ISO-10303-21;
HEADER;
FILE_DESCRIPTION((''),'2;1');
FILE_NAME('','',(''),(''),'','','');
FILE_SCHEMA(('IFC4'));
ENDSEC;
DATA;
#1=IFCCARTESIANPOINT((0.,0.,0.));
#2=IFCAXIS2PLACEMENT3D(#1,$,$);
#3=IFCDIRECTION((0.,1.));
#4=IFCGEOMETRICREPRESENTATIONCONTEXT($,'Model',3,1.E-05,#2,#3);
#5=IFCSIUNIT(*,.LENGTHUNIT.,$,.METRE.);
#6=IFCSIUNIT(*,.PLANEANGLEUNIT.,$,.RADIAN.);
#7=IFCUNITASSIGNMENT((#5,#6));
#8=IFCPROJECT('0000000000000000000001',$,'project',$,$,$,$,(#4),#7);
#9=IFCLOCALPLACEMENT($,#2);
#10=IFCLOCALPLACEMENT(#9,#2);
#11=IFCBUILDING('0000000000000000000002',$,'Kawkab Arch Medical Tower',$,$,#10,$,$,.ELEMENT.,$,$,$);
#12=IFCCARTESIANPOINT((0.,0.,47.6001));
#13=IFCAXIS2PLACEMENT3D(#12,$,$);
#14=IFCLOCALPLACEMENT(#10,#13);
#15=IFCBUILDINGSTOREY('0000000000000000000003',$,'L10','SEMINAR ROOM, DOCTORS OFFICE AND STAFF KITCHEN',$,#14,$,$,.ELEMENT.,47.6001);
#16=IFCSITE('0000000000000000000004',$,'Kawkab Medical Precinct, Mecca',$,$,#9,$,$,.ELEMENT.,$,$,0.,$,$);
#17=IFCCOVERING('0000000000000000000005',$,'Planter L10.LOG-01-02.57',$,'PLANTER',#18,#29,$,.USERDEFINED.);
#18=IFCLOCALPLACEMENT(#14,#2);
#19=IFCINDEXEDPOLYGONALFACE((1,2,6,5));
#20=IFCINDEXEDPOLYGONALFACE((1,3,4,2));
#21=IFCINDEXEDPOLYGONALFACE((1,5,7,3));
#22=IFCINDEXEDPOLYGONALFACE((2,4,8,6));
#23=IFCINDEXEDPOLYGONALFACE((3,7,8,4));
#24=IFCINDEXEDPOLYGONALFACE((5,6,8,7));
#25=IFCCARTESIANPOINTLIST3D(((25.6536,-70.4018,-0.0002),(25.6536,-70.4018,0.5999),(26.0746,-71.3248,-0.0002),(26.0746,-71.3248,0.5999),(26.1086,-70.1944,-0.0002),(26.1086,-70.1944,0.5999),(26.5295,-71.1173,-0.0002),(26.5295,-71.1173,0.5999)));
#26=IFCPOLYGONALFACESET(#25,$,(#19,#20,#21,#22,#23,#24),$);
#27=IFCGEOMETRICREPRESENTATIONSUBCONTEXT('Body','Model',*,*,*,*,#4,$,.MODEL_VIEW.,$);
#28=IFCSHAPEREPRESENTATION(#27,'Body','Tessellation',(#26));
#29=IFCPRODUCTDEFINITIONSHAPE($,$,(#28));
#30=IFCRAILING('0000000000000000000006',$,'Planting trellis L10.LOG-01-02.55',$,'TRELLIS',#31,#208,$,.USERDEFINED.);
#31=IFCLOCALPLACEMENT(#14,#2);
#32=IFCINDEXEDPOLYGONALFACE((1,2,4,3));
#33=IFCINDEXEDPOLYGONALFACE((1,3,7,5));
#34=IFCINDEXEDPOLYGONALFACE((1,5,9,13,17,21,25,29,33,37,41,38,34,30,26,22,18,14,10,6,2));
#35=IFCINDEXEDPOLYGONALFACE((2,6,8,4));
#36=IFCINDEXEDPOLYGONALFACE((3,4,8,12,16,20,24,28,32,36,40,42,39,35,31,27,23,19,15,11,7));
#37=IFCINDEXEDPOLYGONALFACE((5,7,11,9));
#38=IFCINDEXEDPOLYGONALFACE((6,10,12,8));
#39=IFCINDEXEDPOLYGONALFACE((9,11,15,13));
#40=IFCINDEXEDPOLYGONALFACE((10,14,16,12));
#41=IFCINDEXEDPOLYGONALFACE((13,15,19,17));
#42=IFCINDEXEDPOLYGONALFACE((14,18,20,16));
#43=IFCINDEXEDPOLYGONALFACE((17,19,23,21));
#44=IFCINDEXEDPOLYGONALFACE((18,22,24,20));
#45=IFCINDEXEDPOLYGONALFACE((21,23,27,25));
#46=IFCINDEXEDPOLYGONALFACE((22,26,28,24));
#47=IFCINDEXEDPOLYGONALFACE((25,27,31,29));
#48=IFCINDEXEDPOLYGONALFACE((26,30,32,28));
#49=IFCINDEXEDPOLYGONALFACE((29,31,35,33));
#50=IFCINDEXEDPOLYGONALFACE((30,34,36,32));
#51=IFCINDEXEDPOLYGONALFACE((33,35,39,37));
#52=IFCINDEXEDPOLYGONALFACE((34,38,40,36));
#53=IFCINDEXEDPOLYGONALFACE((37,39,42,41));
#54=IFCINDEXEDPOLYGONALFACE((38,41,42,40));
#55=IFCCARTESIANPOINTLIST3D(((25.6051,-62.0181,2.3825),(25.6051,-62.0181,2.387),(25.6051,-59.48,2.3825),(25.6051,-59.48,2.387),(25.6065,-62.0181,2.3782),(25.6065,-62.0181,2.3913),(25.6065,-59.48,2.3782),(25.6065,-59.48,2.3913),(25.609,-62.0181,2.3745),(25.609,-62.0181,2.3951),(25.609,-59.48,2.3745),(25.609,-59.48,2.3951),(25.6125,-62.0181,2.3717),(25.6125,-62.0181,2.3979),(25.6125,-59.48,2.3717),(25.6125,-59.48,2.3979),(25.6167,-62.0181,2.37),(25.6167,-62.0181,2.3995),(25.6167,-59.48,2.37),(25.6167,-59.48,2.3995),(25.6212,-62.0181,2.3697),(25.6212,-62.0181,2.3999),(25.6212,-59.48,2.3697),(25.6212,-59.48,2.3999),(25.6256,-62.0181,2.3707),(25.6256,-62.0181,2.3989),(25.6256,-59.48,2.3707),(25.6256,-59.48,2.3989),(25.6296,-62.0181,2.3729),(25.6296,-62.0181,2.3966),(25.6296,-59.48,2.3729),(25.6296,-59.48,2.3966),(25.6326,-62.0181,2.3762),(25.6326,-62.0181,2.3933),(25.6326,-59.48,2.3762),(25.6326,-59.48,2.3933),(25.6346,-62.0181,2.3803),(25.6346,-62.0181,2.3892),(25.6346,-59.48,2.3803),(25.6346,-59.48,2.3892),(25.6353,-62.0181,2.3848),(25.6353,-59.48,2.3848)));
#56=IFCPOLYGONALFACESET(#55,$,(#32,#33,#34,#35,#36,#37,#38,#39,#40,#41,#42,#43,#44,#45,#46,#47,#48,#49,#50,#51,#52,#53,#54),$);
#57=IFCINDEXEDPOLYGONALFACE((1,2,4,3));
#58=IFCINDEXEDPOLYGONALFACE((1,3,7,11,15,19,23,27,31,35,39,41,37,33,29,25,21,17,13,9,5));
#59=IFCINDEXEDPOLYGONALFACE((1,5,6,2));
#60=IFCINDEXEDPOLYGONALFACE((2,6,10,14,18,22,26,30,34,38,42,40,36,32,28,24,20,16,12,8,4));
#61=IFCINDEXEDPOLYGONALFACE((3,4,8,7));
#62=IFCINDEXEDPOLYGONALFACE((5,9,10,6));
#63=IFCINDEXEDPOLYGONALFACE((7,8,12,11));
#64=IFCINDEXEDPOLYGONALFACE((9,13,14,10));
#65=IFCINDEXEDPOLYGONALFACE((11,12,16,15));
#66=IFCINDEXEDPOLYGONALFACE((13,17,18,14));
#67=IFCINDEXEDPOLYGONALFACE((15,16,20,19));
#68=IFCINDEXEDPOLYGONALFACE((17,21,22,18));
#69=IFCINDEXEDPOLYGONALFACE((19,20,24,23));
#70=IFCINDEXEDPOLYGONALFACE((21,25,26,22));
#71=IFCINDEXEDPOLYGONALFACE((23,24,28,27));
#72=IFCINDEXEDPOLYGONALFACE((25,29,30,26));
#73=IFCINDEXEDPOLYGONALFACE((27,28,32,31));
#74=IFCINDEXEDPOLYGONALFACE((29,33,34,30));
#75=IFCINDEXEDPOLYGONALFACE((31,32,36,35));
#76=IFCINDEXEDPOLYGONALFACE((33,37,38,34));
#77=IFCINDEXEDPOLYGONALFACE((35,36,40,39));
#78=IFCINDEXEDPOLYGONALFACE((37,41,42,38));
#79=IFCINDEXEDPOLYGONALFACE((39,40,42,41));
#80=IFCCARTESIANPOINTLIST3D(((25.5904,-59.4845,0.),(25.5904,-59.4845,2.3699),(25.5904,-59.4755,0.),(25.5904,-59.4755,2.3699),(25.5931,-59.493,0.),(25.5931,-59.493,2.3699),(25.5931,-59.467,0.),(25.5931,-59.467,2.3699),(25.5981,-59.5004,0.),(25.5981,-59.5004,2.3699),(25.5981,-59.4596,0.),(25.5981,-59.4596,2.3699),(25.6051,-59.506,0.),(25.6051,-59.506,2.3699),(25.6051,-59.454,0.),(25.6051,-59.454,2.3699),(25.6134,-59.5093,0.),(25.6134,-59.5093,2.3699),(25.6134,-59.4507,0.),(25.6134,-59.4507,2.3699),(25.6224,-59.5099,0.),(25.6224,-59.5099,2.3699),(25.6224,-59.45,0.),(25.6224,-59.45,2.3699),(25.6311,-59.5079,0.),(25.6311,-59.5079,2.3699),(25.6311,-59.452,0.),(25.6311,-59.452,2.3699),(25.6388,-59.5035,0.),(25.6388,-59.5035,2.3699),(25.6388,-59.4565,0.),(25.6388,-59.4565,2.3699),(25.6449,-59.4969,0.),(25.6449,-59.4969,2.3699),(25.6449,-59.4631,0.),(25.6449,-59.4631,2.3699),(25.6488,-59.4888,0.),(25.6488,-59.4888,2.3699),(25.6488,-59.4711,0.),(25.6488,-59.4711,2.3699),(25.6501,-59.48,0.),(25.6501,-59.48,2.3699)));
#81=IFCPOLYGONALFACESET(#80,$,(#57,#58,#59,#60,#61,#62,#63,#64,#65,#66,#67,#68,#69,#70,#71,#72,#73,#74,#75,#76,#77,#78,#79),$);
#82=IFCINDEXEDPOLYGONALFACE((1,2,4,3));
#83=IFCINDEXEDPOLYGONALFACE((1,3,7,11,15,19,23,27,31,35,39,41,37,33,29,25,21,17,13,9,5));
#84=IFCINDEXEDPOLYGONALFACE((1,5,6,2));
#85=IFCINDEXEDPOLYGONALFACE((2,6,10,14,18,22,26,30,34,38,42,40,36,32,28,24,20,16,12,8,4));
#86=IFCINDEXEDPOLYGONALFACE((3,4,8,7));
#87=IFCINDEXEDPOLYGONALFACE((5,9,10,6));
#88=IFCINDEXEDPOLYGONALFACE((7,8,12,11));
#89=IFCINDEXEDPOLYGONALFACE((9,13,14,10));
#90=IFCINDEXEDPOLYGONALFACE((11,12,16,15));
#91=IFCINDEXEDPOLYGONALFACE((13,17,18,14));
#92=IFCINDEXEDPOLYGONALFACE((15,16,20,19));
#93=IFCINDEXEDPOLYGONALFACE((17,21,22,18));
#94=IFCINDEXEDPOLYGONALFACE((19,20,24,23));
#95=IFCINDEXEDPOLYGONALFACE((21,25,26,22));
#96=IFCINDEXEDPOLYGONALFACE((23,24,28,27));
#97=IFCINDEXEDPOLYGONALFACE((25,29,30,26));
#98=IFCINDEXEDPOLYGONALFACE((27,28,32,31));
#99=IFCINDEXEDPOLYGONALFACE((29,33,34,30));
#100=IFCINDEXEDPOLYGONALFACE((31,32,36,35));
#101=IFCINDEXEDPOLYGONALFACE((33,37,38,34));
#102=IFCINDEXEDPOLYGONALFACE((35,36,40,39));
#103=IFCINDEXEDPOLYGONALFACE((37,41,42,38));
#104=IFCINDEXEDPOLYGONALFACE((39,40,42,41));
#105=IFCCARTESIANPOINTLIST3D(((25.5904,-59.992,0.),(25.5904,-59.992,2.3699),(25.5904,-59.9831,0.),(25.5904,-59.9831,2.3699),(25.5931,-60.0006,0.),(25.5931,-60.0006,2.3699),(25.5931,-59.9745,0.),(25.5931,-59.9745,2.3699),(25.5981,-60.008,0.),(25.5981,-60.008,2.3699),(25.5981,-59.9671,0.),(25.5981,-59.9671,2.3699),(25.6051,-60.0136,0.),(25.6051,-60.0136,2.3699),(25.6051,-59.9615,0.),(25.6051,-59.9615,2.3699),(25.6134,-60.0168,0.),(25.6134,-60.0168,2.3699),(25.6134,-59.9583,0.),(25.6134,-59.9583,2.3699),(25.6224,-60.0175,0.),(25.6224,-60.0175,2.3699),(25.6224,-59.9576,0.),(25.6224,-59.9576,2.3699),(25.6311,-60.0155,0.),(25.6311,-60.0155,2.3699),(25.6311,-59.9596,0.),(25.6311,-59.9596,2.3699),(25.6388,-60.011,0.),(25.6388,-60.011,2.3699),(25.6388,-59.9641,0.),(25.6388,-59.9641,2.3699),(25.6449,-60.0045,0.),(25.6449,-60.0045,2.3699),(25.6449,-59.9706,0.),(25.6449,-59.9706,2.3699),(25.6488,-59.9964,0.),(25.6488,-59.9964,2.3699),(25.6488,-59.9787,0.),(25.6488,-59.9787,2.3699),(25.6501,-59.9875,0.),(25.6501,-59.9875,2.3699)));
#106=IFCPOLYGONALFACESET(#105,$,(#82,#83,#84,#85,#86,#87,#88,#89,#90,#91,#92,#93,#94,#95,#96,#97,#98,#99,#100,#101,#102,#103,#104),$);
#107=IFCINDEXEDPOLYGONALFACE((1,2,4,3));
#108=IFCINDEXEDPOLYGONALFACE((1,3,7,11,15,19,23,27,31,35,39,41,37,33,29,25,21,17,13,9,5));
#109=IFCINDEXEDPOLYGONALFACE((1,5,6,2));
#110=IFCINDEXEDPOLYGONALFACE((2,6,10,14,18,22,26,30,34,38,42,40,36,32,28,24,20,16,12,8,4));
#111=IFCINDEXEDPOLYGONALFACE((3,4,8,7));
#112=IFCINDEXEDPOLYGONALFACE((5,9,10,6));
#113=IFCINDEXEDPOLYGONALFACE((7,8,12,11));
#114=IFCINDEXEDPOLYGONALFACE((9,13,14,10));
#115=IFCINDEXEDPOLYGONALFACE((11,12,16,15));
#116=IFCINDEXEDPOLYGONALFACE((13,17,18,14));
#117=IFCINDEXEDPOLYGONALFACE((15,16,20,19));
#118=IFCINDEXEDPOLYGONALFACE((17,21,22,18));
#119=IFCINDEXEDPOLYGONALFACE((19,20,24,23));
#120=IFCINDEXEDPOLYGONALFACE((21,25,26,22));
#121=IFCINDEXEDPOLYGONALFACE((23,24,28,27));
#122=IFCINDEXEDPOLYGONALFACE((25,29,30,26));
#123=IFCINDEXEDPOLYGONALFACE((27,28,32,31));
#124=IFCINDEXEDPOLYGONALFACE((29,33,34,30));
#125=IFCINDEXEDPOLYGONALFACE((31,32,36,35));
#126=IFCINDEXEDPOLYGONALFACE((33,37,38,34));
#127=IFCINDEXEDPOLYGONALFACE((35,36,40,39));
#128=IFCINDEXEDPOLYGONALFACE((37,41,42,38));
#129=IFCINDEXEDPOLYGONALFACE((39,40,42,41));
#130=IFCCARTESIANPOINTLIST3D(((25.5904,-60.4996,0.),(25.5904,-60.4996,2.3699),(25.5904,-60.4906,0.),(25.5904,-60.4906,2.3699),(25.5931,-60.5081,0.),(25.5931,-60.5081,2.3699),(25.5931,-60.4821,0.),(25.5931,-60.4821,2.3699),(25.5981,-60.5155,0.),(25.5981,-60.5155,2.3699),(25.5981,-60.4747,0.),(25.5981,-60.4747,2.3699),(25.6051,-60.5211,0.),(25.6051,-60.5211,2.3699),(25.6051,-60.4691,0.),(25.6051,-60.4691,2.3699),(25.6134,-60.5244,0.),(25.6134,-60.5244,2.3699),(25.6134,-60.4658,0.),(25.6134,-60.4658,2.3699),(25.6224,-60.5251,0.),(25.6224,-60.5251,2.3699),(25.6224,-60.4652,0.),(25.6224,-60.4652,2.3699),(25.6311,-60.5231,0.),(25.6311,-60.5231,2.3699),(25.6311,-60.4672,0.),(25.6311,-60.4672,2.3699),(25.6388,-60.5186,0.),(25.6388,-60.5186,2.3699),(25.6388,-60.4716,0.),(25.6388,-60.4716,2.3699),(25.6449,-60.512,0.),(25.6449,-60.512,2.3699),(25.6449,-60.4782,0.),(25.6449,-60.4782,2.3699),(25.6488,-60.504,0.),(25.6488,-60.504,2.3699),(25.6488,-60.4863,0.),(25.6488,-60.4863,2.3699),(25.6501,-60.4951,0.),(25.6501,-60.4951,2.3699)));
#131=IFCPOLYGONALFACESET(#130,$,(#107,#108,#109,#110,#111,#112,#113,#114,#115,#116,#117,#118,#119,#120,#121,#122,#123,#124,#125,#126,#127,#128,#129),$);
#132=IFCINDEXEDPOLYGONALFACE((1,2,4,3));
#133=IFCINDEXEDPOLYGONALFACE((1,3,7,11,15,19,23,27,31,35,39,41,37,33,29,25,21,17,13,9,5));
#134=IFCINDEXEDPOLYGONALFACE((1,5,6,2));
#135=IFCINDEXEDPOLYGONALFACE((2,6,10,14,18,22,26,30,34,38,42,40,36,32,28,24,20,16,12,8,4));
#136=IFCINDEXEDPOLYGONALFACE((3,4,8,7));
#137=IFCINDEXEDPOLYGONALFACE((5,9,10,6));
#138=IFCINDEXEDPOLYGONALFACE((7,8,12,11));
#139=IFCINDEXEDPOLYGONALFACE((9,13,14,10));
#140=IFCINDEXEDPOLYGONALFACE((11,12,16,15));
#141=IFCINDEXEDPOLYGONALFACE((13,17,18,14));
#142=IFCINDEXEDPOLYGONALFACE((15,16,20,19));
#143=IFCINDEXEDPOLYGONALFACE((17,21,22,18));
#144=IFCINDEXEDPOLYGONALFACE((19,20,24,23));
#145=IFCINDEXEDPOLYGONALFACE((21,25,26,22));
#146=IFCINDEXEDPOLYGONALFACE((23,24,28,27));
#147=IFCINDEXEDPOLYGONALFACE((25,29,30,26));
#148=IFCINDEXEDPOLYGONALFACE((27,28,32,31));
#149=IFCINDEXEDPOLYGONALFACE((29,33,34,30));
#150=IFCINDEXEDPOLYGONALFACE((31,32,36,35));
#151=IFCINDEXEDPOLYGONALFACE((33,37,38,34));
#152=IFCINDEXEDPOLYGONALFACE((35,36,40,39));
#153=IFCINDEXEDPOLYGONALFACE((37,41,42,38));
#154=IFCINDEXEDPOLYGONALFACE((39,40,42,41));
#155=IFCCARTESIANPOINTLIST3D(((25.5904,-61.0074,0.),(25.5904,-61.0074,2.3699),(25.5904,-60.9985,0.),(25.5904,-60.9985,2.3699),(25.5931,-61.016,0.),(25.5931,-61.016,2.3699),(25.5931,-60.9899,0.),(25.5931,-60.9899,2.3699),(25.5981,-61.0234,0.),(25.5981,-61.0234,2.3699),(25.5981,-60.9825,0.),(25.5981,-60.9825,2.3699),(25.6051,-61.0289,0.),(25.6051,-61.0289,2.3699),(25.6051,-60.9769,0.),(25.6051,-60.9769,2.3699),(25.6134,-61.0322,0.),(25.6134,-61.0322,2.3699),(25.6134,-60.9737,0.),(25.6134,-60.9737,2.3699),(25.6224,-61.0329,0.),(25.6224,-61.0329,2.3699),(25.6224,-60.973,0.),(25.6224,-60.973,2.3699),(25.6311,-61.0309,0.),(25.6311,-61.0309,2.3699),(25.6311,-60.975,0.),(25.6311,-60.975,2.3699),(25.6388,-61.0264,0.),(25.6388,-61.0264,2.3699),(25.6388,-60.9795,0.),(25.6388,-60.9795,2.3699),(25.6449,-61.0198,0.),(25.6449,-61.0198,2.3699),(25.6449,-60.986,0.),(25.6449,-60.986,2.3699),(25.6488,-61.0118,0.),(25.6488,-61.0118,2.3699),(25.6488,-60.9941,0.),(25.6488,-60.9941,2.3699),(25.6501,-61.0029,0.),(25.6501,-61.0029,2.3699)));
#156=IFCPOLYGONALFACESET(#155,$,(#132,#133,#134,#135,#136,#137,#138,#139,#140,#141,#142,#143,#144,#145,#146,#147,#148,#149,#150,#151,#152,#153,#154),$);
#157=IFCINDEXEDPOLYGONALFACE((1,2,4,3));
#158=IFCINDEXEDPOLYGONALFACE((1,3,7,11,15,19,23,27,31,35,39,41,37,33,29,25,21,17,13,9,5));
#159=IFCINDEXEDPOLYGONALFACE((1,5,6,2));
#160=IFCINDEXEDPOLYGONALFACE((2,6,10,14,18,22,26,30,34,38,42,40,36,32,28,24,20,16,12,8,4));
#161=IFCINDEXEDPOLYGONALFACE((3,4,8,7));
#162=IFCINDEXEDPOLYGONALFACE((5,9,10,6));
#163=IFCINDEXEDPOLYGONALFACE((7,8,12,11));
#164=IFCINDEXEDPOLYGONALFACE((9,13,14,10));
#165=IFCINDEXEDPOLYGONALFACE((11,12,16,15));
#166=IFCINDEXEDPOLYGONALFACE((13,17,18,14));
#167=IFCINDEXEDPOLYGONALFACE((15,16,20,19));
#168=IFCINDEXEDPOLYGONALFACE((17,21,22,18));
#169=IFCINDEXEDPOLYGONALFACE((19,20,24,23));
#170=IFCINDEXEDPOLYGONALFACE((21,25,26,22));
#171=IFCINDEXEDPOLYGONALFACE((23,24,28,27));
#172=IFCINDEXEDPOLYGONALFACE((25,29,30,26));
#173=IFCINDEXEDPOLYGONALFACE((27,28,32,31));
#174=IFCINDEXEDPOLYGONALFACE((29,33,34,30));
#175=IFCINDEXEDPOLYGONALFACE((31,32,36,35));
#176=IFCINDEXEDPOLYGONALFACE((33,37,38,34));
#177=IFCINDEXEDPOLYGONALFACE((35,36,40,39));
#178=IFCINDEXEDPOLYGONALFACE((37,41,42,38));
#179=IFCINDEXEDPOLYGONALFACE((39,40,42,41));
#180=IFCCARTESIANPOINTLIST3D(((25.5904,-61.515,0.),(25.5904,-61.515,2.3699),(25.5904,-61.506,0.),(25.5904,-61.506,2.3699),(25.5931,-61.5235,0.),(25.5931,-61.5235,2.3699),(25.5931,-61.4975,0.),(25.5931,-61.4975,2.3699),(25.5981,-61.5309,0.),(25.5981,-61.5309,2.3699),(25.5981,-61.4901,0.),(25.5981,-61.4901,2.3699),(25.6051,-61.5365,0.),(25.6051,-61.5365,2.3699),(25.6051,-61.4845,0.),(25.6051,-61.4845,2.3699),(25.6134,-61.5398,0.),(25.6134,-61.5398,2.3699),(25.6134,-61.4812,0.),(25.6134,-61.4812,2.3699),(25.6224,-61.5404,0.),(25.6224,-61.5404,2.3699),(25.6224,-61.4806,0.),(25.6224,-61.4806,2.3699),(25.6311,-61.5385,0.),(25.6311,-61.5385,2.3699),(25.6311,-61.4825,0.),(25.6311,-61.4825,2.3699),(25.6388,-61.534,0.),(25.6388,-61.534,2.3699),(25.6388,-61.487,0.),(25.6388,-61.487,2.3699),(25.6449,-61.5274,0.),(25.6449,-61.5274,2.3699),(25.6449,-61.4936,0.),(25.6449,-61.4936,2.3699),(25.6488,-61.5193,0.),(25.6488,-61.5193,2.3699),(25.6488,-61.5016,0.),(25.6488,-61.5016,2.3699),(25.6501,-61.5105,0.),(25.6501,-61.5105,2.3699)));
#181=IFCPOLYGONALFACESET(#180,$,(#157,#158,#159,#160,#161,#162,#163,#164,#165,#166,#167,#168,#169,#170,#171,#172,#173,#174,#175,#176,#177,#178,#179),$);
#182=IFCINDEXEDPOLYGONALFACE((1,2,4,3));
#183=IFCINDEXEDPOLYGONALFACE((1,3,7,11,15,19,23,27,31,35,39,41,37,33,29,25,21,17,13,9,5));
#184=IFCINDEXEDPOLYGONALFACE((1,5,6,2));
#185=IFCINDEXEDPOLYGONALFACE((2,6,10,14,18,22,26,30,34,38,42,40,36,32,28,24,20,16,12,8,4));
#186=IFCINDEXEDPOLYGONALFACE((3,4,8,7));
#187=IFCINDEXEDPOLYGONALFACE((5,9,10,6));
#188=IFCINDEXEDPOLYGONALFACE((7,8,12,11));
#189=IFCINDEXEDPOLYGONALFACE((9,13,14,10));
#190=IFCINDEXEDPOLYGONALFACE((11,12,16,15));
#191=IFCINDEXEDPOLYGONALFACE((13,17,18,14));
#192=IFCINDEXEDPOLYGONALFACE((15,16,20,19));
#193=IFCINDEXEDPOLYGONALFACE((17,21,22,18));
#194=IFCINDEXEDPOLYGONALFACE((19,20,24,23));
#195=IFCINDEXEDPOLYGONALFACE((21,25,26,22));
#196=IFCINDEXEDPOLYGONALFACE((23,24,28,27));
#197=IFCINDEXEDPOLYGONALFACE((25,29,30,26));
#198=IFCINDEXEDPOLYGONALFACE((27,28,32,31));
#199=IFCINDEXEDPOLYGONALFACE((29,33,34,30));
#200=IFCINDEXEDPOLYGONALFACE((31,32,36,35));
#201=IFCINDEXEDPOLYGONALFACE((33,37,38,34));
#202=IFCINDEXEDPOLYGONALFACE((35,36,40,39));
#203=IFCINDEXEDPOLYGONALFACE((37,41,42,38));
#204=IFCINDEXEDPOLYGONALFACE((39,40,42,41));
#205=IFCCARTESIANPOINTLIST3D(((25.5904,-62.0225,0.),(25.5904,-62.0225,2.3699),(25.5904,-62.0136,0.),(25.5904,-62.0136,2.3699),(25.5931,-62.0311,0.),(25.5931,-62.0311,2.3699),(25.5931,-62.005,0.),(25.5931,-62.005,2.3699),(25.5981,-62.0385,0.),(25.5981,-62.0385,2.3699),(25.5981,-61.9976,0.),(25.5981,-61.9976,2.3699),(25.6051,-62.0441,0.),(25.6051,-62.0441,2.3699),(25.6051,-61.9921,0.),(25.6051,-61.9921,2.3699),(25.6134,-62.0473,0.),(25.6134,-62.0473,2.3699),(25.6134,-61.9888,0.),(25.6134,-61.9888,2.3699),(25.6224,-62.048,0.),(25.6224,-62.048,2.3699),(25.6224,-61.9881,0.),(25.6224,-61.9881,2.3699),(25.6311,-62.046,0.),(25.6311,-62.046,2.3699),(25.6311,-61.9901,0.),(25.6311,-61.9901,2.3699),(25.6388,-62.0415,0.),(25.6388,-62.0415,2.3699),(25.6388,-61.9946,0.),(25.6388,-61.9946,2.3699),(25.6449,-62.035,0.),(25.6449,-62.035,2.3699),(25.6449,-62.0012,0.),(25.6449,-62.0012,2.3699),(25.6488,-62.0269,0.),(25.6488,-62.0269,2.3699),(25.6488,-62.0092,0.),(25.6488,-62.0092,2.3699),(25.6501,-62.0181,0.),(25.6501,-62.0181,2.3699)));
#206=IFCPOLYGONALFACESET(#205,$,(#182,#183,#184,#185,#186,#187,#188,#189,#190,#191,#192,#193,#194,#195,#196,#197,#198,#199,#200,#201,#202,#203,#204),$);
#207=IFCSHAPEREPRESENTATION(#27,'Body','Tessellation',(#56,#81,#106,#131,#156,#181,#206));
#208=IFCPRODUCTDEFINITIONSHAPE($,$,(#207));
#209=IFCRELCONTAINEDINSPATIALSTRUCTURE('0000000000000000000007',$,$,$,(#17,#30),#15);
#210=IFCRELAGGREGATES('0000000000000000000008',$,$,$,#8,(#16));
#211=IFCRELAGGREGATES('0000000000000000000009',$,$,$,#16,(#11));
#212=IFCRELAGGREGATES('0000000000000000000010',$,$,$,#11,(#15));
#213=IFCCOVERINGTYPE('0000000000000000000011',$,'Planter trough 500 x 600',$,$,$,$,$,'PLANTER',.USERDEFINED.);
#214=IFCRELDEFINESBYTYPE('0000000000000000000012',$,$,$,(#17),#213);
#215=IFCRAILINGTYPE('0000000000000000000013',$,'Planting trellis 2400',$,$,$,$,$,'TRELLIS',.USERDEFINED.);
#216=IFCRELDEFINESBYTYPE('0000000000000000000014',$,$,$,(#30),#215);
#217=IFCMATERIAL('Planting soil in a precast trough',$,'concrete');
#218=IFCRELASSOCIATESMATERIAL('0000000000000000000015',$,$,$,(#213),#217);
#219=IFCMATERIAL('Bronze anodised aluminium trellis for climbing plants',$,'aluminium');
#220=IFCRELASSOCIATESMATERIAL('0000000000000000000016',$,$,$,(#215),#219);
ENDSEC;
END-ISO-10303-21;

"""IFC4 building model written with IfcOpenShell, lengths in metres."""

from ifc_helpers import new_model, si_unit, direction, frame, origin, origin_2d, place, context, subcontext, project, spatial, rectangle, circle, extrude, material, material_profile, profile_set, type_object, element, save


model = new_model("IFC4")

# Units and contexts
model_context = context("Model", 3, precision=1e-05, world=origin(), true_north=direction((0.0, 1.0)))
body_context = subcontext(model_context, "Body", "Model", "MODEL_VIEW")
ifc_project = project(units=[si_unit("LENGTHUNIT", "METRE"), si_unit("PLANEANGLEUNIT", "RADIAN")], contexts=[model_context])

# Site, building, storey
site_placement = place(None, origin())
site = spatial("IfcSite", under=ifc_project, at=site_placement, Name="Kawkab Medical Precinct, Mecca", CompositionType="ELEMENT", RefElevation=0.0)
building_placement = place(site_placement, origin())
building = spatial("IfcBuilding", under=site, at=building_placement, Name="Kawkab Arch Medical Tower", CompositionType="ELEMENT")
storey_placement = place(building_placement, frame((0.0, 0.0, 47.6001)))
storey = spatial("IfcBuildingStorey", under=building, at=storey_placement, Name="L10", Description="SEMINAR ROOM, DOCTORS OFFICE AND STAFF KITCHEN", CompositionType="ELEMENT", Elevation=47.6001)

# Covering
ifc_material_1 = material(Name="Planting soil in a precast trough", Category="concrete")
ifc_material_profile_1 = material_profile(ifc_material_1, rectangle(XDim=0.5, YDim=0.6001, at=origin_2d()), Name="Trough 500x600")
ifc_profile_set_1 = profile_set([ifc_material_profile_1], Name="Planting soil in a precast trough")
covering_type = type_object("IfcCoveringType", Name="Planter trough 500 x 600", ElementType="PLANTER", PredefinedType="USERDEFINED", material=ifc_profile_set_1)
covering_1_placement = place(storey_placement, frame((25.8811, -70.2981, 0.2998), z_axis=(0.414963, -0.909838, 0.0), x_axis=(0.909838, 0.414963, 0.0)))
element("IfcCovering", 1, at=covering_1_placement, inside=storey, type_object=covering_type, Name="Planter L10.LOG-01-02.57", ObjectType="PLANTER", PredefinedType="USERDEFINED", context=body_context, shape_type="SweptSolid", body=[
    extrude(rectangle(XDim=0.5, YDim=0.6001, at=origin_2d()), origin(), (0.0, 0.0, 1.0), 1.0144),
])

# Railing
ifc_material_2 = material(Name="Bronze anodised aluminium trellis for climbing plants", Category="aluminium")
railing_type = type_object("IfcRailingType", Name="Planting trellis 2400", ElementType="TRELLIS", PredefinedType="USERDEFINED", material=ifc_material_2)
railing_1_placement = place(storey_placement, frame((25.6201, -59.48, 0.0)))
element("IfcRailing", 2, at=railing_1_placement, inside=storey, type_object=railing_type, Name="Planting trellis L10.LOG-01-02.55", ObjectType="TRELLIS", PredefinedType="USERDEFINED", context=body_context, shape_type="SweptSolid", body=[
    extrude(circle(Radius=0.0151, at=origin_2d()), frame((0.0, 0.0, 2.3848), z_axis=(0.0, -1.0, 0.0), x_axis=(1.0, 0.0, 0.0)), (0.0, 0.0, 1.0), 2.5381),
    extrude(circle(Radius=0.03, at=origin_2d()), origin(), (0.0, 0.0, 1.0), 2.3699),
    extrude(circle(Radius=0.03, at=origin_2d()), frame((0.0, -0.5076, 0.0)), (0.0, 0.0, 1.0), 2.3699),
    extrude(circle(Radius=0.03, at=origin_2d()), frame((0.0, -1.0151, 0.0)), (0.0, 0.0, 1.0), 2.3699),
    extrude(circle(Radius=0.03, at=origin_2d()), frame((0.0, -1.5229, 0.0)), (0.0, 0.0, 1.0), 2.3699),
    extrude(circle(Radius=0.03, at=origin_2d()), frame((0.0, -2.0305, 0.0)), (0.0, 0.0, 1.0), 2.3699),
    extrude(circle(Radius=0.03, at=origin_2d()), frame((0.0, -2.5381, 0.0)), (0.0, 0.0, 1.0), 2.3699),
])

save(model, "model.ifc")
